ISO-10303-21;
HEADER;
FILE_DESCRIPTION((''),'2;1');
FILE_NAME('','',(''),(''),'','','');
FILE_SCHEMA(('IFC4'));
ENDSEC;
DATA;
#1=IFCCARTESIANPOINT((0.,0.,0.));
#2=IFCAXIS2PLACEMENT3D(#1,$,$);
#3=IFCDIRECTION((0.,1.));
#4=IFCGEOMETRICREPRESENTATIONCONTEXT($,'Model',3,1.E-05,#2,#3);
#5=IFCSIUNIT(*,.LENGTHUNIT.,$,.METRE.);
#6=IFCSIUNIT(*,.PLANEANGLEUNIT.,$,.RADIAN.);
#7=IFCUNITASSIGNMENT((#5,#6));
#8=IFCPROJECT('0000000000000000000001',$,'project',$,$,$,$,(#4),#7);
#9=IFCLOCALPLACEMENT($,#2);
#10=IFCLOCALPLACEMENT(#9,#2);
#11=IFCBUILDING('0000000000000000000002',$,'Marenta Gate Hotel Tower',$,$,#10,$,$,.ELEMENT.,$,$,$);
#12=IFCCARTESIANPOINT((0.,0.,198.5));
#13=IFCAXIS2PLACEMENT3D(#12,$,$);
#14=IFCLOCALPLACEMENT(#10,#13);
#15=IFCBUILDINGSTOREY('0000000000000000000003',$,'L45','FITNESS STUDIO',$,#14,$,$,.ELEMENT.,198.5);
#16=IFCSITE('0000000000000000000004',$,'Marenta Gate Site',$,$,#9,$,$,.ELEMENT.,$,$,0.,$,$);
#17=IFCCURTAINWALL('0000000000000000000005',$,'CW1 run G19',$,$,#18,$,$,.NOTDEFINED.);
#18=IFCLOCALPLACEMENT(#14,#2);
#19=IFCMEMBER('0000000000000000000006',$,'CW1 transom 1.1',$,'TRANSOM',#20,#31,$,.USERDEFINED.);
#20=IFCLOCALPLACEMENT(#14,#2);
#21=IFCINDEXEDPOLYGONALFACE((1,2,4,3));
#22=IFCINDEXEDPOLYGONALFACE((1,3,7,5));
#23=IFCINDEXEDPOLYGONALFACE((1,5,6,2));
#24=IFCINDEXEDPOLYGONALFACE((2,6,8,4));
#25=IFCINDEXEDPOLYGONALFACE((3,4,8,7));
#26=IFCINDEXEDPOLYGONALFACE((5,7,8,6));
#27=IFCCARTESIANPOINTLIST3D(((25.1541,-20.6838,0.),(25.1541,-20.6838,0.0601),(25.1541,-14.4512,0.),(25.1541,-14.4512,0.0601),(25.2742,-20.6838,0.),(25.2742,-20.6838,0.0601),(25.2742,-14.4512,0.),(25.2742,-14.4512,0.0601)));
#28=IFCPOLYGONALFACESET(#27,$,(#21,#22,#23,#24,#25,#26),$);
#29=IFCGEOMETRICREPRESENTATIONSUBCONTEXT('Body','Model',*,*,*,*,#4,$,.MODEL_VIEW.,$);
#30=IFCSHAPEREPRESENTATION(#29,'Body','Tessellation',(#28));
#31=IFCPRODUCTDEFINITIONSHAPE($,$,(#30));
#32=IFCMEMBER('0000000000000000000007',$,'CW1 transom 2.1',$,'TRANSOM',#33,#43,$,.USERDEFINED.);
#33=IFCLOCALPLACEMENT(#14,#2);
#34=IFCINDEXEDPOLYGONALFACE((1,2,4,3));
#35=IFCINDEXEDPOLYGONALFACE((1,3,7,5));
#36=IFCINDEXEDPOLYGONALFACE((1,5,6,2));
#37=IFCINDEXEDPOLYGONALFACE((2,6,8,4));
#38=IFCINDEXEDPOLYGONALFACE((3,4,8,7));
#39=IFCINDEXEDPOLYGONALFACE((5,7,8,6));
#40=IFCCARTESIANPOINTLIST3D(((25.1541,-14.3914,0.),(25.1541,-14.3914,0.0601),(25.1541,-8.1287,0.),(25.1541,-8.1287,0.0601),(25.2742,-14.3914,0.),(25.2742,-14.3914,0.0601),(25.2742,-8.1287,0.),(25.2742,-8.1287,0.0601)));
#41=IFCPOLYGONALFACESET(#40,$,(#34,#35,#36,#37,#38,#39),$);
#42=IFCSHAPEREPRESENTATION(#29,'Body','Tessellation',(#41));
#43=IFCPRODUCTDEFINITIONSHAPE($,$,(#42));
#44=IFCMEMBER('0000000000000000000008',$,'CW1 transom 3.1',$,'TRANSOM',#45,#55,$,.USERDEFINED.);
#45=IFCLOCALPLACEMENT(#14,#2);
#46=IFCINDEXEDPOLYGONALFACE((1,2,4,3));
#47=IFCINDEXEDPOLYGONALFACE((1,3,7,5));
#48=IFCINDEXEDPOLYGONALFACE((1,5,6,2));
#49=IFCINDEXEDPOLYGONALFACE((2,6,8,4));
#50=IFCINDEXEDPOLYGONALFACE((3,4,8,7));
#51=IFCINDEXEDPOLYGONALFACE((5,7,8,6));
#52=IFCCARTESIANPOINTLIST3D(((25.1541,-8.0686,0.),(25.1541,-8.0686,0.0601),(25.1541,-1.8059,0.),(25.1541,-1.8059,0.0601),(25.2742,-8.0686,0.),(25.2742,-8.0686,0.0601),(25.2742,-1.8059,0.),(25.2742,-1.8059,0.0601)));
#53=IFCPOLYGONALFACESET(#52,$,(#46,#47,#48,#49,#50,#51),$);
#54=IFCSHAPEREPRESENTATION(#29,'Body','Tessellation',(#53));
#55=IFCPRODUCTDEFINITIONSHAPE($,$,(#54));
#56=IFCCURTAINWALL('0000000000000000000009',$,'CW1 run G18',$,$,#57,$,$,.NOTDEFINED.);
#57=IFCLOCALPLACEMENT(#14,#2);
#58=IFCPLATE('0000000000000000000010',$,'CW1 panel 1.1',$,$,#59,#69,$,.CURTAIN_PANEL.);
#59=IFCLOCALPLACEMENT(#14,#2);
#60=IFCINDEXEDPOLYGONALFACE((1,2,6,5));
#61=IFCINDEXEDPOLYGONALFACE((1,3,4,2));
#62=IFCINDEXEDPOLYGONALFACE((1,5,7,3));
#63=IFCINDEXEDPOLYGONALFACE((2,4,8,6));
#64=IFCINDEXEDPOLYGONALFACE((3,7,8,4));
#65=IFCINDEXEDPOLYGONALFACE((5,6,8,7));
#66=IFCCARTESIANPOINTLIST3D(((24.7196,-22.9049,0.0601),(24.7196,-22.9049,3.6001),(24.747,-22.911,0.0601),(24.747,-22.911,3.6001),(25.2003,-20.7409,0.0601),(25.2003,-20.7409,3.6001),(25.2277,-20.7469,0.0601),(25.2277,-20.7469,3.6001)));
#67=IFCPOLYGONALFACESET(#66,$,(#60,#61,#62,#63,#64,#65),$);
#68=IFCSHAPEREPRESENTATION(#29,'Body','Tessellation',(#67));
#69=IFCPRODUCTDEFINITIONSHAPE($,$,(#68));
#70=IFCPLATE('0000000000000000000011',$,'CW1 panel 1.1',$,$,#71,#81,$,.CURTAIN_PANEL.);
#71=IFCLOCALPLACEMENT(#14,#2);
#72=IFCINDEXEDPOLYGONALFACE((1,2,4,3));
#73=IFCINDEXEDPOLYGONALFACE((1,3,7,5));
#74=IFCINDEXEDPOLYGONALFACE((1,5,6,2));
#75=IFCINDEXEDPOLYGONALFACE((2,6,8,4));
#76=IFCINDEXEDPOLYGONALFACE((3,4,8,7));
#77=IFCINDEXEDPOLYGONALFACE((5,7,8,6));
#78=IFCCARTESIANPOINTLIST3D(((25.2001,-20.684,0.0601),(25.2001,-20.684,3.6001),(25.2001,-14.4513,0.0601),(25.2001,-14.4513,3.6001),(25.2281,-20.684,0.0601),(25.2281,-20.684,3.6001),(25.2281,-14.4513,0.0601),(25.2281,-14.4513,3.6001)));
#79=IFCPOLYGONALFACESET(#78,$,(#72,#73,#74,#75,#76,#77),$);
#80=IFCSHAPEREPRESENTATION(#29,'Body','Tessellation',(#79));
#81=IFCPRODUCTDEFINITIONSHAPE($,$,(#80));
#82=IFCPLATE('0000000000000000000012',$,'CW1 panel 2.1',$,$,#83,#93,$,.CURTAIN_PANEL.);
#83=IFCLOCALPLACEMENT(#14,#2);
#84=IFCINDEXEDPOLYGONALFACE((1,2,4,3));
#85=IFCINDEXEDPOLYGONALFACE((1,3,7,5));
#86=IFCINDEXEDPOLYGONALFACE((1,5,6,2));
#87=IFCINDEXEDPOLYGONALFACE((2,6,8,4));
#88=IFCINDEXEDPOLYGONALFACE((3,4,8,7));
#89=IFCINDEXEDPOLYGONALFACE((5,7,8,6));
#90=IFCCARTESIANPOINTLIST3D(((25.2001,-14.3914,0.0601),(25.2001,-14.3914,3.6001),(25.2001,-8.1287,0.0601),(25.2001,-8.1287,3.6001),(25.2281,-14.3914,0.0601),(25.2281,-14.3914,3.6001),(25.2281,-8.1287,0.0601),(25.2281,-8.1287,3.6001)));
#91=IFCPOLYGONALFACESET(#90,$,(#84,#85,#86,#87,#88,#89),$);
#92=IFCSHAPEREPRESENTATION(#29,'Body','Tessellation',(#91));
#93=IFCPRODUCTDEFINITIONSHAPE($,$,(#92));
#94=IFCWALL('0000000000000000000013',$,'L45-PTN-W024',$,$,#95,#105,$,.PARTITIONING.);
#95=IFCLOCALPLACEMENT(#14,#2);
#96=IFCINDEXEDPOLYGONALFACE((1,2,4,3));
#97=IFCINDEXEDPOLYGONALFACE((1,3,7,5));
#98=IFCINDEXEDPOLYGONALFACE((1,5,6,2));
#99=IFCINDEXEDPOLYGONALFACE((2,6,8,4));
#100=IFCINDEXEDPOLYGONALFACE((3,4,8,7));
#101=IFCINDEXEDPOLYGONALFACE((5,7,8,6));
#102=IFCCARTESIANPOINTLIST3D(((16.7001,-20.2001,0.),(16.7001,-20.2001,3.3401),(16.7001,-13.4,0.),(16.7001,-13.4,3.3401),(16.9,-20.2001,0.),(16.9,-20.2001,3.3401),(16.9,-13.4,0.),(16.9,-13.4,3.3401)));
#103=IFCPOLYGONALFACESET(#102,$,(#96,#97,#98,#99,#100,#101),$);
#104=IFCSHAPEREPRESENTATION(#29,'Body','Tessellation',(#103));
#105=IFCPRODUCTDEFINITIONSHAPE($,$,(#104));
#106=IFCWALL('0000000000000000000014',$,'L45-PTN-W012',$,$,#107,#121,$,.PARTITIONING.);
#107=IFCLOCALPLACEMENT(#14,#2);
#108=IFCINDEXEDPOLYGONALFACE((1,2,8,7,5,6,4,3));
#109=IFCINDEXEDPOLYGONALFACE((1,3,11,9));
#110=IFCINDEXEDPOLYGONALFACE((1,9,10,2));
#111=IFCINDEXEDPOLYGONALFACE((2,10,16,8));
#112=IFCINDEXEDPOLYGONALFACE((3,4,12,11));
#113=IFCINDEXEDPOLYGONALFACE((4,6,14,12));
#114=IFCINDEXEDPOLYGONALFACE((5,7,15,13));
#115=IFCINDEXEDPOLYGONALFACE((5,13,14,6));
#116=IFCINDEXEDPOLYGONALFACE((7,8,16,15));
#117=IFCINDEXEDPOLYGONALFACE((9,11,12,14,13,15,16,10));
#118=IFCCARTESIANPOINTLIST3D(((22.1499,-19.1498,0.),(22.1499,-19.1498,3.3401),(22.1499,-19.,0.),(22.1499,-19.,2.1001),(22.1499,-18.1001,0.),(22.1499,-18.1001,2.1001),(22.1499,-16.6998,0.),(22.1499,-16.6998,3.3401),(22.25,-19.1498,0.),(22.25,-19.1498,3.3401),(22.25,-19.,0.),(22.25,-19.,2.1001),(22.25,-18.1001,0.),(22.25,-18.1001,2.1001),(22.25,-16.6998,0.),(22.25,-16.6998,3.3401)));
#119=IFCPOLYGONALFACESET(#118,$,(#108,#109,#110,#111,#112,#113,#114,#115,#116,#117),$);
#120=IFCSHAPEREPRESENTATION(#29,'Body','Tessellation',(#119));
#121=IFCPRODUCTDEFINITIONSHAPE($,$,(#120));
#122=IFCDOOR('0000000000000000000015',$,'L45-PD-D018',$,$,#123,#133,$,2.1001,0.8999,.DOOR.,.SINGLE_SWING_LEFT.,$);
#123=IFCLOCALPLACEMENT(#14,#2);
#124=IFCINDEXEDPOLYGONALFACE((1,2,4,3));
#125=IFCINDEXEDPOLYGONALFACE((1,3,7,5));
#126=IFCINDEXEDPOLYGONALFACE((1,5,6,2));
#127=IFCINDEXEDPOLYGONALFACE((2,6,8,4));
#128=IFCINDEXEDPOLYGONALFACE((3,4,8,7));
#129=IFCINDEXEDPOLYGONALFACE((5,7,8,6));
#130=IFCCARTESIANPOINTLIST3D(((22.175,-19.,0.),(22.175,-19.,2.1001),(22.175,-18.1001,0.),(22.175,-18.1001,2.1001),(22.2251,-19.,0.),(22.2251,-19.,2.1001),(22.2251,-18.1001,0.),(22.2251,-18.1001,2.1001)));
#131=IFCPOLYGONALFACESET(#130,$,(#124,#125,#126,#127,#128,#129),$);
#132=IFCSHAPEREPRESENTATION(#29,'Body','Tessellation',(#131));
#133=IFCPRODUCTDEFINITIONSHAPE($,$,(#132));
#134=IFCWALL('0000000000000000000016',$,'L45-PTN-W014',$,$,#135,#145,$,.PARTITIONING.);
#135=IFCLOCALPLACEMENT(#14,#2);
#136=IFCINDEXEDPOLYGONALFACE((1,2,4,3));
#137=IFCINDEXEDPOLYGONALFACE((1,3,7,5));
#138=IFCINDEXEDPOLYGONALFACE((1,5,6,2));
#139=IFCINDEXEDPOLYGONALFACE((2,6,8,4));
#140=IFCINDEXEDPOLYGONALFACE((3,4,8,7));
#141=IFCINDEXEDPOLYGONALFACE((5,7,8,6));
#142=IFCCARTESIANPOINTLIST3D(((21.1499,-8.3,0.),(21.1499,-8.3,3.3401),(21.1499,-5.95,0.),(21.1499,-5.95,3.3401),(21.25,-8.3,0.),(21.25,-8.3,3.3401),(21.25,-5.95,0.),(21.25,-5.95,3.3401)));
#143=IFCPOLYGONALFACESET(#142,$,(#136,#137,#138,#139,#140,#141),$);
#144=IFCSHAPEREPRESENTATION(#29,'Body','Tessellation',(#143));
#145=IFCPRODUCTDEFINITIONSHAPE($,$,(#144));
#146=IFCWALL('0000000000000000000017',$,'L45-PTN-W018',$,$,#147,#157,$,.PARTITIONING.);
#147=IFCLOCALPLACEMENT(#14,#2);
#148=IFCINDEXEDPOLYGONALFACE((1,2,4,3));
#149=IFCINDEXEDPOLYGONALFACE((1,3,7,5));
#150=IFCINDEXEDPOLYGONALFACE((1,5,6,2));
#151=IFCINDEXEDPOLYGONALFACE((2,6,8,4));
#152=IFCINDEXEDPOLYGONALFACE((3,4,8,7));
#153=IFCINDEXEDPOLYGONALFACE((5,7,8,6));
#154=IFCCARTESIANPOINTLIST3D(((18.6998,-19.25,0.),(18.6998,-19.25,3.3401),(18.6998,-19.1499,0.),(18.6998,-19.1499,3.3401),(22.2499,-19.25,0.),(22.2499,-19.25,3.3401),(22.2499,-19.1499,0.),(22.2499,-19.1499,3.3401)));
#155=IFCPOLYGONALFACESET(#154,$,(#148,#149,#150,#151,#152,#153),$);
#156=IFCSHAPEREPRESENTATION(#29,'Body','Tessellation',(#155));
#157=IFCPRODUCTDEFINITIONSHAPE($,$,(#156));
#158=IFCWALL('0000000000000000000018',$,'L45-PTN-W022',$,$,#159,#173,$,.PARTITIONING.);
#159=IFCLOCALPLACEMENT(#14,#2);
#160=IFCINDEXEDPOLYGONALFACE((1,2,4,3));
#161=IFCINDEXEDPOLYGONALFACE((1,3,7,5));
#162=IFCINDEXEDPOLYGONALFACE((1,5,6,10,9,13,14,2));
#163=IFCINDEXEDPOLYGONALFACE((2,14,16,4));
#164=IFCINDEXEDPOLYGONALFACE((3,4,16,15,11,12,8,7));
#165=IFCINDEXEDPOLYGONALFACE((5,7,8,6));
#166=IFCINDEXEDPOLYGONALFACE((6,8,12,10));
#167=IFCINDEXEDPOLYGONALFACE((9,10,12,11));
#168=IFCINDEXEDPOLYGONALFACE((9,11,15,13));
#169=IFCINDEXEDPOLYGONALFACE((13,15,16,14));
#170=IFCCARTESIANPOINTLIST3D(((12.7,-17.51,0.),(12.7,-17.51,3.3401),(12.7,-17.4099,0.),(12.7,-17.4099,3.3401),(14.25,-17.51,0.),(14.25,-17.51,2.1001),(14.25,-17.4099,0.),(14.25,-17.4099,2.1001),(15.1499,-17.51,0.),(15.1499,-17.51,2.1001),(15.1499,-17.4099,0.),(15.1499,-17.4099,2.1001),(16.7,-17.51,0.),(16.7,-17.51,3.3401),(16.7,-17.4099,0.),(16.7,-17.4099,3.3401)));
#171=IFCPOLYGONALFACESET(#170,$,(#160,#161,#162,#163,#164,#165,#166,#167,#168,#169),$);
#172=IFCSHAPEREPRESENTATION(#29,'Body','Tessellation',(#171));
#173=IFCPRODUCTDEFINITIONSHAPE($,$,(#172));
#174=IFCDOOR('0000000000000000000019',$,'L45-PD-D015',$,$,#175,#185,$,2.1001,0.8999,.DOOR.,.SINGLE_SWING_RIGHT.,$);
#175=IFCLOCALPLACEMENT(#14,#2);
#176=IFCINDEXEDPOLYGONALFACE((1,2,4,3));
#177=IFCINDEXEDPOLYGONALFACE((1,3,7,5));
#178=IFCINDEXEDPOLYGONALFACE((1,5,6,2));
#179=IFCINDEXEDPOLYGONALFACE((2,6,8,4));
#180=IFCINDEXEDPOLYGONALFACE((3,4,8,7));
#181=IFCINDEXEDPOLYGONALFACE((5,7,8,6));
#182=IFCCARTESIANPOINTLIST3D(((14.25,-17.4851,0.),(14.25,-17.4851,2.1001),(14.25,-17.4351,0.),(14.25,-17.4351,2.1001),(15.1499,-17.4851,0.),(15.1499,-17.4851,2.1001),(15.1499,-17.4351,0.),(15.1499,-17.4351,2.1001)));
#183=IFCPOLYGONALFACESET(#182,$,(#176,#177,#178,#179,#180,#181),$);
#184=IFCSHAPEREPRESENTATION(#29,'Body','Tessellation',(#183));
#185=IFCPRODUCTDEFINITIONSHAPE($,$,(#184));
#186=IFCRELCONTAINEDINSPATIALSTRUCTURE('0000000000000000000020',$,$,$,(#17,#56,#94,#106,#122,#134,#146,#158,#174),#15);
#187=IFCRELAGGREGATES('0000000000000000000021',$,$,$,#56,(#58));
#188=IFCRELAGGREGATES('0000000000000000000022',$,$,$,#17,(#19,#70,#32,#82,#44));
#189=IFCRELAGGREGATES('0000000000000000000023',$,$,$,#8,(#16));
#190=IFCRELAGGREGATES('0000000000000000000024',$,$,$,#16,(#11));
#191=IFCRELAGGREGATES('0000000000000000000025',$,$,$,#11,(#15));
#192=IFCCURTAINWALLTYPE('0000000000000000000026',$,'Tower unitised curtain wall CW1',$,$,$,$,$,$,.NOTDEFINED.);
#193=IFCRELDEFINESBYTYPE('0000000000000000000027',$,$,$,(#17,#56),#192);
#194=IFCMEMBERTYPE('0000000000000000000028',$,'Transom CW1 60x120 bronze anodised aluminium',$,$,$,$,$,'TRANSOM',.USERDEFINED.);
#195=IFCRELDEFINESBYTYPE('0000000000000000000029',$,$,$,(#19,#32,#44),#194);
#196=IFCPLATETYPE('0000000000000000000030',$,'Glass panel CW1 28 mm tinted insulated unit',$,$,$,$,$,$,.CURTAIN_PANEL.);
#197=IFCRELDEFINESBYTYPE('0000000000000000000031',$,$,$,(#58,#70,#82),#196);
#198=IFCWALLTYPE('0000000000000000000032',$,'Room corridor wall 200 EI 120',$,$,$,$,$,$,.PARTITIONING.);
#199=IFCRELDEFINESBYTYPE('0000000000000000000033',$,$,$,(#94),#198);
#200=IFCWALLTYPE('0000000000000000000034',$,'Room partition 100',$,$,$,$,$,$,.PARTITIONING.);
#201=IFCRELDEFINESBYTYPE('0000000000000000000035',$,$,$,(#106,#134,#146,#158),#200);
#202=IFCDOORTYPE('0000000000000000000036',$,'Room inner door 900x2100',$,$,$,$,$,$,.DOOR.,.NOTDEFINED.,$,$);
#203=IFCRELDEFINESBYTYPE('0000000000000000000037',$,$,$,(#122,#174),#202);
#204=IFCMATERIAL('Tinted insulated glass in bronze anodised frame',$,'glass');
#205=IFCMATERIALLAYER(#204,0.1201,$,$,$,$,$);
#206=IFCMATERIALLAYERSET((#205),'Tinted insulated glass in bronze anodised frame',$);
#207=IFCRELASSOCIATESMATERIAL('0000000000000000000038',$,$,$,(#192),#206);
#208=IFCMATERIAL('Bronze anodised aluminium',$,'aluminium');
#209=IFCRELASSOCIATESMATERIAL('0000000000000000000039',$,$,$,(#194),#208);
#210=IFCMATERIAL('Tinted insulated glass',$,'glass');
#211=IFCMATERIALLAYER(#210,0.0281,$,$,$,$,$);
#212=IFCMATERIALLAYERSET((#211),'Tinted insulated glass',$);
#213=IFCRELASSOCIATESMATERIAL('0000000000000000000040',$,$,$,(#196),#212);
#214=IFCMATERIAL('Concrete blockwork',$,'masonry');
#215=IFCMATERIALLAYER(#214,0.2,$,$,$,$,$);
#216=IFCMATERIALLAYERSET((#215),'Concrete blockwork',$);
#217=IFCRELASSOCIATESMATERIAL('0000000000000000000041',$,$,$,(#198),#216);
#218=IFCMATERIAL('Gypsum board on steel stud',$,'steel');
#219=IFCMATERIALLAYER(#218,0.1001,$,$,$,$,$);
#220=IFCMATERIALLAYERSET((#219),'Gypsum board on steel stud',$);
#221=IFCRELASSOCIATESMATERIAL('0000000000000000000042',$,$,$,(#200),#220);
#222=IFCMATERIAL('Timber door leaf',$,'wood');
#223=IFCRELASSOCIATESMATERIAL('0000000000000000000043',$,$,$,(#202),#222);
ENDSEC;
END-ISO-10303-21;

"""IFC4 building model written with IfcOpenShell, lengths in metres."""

from ifc_helpers import new_model, si_unit, direction, frame, frame_2d, origin, origin_2d, place, context, subcontext, project, spatial, rectangle, extrude, material, layer, layer_set, material_profile, profile_set, type_object, element, fill, aggregate, save


model = new_model("IFC4")

# Units and contexts
model_context = context("Model", 3, precision=1e-05, world=origin(), true_north=direction((0.0, 1.0)))
body_context = subcontext(model_context, "Body", "Model", "MODEL_VIEW")
ifc_project = project(units=[si_unit("LENGTHUNIT", "METRE"), si_unit("PLANEANGLEUNIT", "RADIAN")], contexts=[model_context])

# Site, building, storey
site_placement = place(None, origin())
site = spatial("IfcSite", under=ifc_project, at=site_placement, Name="Marenta Gate Site", CompositionType="ELEMENT", RefElevation=0.0)
building_placement = place(site_placement, origin())
building = spatial("IfcBuilding", under=site, at=building_placement, Name="Marenta Gate Hotel Tower", CompositionType="ELEMENT")
storey_placement = place(building_placement, frame((0.0, 0.0, 198.5)))
storey = spatial("IfcBuildingStorey", under=building, at=storey_placement, Name="L45", Description="FITNESS STUDIO", CompositionType="ELEMENT", Elevation=198.5)

# Curtain wall, members
ifc_material_1 = material(Name="Tinted insulated glass in bronze anodised frame", Category="glass")
ifc_layer_1 = layer(ifc_material_1, 0.1201)
ifc_layer_set_1 = layer_set([ifc_layer_1], Name="Tinted insulated glass in bronze anodised frame")
curtain_wall_type = type_object("IfcCurtainWallType", Name="Tower unitised curtain wall CW1", PredefinedType="NOTDEFINED", material=ifc_layer_set_1)
curtain_wall_1_placement = place(storey_placement, origin())
curtain_wall_1 = element("IfcCurtainWall", 1, at=curtain_wall_1_placement, inside=storey, type_object=curtain_wall_type, Name="CW1 run G19", PredefinedType="NOTDEFINED")
ifc_material_2 = material(Name="Bronze anodised aluminium", Category="aluminium")
ifc_material_profile_1 = material_profile(ifc_material_2, rectangle(XDim=0.1201, YDim=0.0601, at=origin_2d()), Name="Transom CW1 60x120 bronze anodised aluminium")
ifc_profile_set_1 = profile_set([ifc_material_profile_1], Name="Bronze anodised aluminium")
member_type_1 = type_object("IfcMemberType", Name="Transom CW1 60x120 bronze anodised aluminium", ElementType="TRANSOM", PredefinedType="USERDEFINED", material=ifc_profile_set_1)
member_1_placement = place(storey_placement, frame((25.2141, -20.6838, 0.03), z_axis=(0.0, 1.0, 0.0), x_axis=(-1.0, 0.0, 0.0)))
member_1 = element("IfcMember", 2, at=member_1_placement, type_object=member_type_1, Name="CW1 transom 1.1", ObjectType="TRANSOM", PredefinedType="USERDEFINED", context=body_context, shape_type="SweptSolid", body=[
    extrude(rectangle(XDim=0.1201, YDim=0.0601, at=origin_2d()), origin(), (0.0, 0.0, 1.0), 6.2327),
])
member_2_placement = place(storey_placement, frame((25.2141, -14.3914, 0.03), z_axis=(0.0, 1.0, 0.0), x_axis=(-1.0, 0.0, 0.0)))
member_2 = element("IfcMember", 3, at=member_2_placement, type_object=member_type_1, Name="CW1 transom 2.1", ObjectType="TRANSOM", PredefinedType="USERDEFINED", context=body_context, shape_type="SweptSolid", body=[
    extrude(rectangle(XDim=0.1201, YDim=0.0601, at=origin_2d()), origin(), (0.0, 0.0, 1.0), 6.2627),
])
member_3_placement = place(storey_placement, frame((25.2141, -8.0686, 0.03), z_axis=(0.0, 1.0, 0.0), x_axis=(-1.0, 0.0, 0.0)))
member_3 = element("IfcMember", 4, at=member_3_placement, type_object=member_type_1, Name="CW1 transom 3.1", ObjectType="TRANSOM", PredefinedType="USERDEFINED", context=body_context, shape_type="SweptSolid", body=[
    extrude(rectangle(XDim=0.1201, YDim=0.0601, at=origin_2d()), origin(), (0.0, 0.0, 1.0), 6.2627),
])

# Curtain wall, plate
curtain_wall_2_placement = place(storey_placement, origin())
curtain_wall_2 = element("IfcCurtainWall", 5, at=curtain_wall_2_placement, inside=storey, type_object=curtain_wall_type, Name="CW1 run G18", PredefinedType="NOTDEFINED")
ifc_material_3 = material(Name="Tinted insulated glass", Category="glass")
ifc_layer_2 = layer(ifc_material_3, 0.0281)
ifc_layer_set_2 = layer_set([ifc_layer_2], Name="Tinted insulated glass")
plate_type = type_object("IfcPlateType", Name="Glass panel CW1 28 mm tinted insulated unit", PredefinedType="CURTAIN_PANEL", material=ifc_layer_set_2)
plate_1_placement = place(storey_placement, frame((24.9736, -21.8259, 0.0601), z_axis=(0.0, 0.0, 1.0), x_axis=(0.216842, 0.976207, 0.0)))
plate_1 = element("IfcPlate", 6, at=plate_1_placement, type_object=plate_type, Name="CW1 panel 1.1", PredefinedType="CURTAIN_PANEL", context=body_context, shape_type="SweptSolid", body=[
    extrude(rectangle(XDim=2.2168, YDim=0.0281, at=origin_2d()), origin(), (0.0, 0.0, 1.0), 3.54),
])
aggregate(curtain_wall_2, [plate_1])

# Plates
plate_2_placement = place(storey_placement, frame((25.2141, -17.5676, 0.0601), z_axis=(0.0, 0.0, 1.0), x_axis=(0.0, 1.0, 0.0)))
plate_2 = element("IfcPlate", 7, at=plate_2_placement, type_object=plate_type, Name="CW1 panel 1.1", PredefinedType="CURTAIN_PANEL", context=body_context, shape_type="SweptSolid", body=[
    extrude(rectangle(XDim=6.2327, YDim=0.0281, at=origin_2d()), origin(), (0.0, 0.0, 1.0), 3.54),
])
plate_3_placement = place(storey_placement, frame((25.2141, -11.26, 0.0601), z_axis=(0.0, 0.0, 1.0), x_axis=(0.0, 1.0, 0.0)))
plate_3 = element("IfcPlate", 8, at=plate_3_placement, type_object=plate_type, Name="CW1 panel 2.1", PredefinedType="CURTAIN_PANEL", context=body_context, shape_type="SweptSolid", body=[
    extrude(rectangle(XDim=6.2627, YDim=0.0281, at=origin_2d()), origin(), (0.0, 0.0, 1.0), 3.54),
])
aggregate(curtain_wall_1, [member_1, plate_2, member_2, plate_3, member_3])

# Wall
ifc_material_4 = material(Name="Concrete blockwork", Category="masonry")
ifc_layer_3 = layer(ifc_material_4, 0.2)
ifc_layer_set_3 = layer_set([ifc_layer_3], Name="Concrete blockwork")
wall_type_1 = type_object("IfcWallType", Name="Room corridor wall 200 EI 120", PredefinedType="PARTITIONING", material=ifc_layer_set_3)
wall_1_placement = place(storey_placement, frame((16.8, -20.2, 0.0), z_axis=(0.0, 0.0, 1.0), x_axis=(0.0, 1.0, 0.0)))
element("IfcWall", 9, at=wall_1_placement, inside=storey, type_object=wall_type_1, Name="L45-PTN-W024", PredefinedType="PARTITIONING", context=body_context, shape_type="SweptSolid", body=[
    extrude(rectangle(XDim=6.8, YDim=0.2, at=frame_2d((3.3999, 0.0))), origin(), (0.0, 0.0, 1.0), 3.3401),
])

# Wall, opening, door
ifc_material_5 = material(Name="Gypsum board on steel stud", Category="steel")
ifc_layer_4 = layer(ifc_material_5, 0.1001)
ifc_layer_set_4 = layer_set([ifc_layer_4], Name="Gypsum board on steel stud")
wall_type_2 = type_object("IfcWallType", Name="Room partition 100", PredefinedType="PARTITIONING", material=ifc_layer_set_4)
wall_2_placement = place(storey_placement, frame((22.2, -19.1499, 0.0), z_axis=(0.0, 0.0, 1.0), x_axis=(0.0, 1.0, 0.0)))
wall_2 = element("IfcWall", 10, at=wall_2_placement, inside=storey, type_object=wall_type_2, Name="L45-PTN-W012", PredefinedType="PARTITIONING", context=body_context, shape_type="SweptSolid", body=[
    extrude(rectangle(XDim=2.45, YDim=0.1001, at=frame_2d((1.2251, 0.0))), origin(), (0.0, 0.0, 1.0), 3.3401),
])
opening_1_placement = place(wall_2_placement, frame((0.1499, 0.0, 0.0)))
opening_1 = element("IfcOpeningElement", 11, at=opening_1_placement, cuts=wall_2, PredefinedType="OPENING", context=body_context, shape_type="SweptSolid", body=[
    extrude(rectangle(XDim=0.8999, YDim=2.1001, at=frame_2d((0.45, 1.05))), frame((0.0, 0.05, 0.0), z_axis=(0.0, -1.0, 0.0), x_axis=(1.0, 0.0, 0.0)), (0.0, 0.0, 1.0), 0.1001),
])
ifc_material_6 = material(Name="Timber door leaf", Category="wood")
door_type = type_object("IfcDoorType", Name="Room inner door 900x2100", OperationType="NOTDEFINED", PredefinedType="DOOR", material=ifc_material_6)
door_1_placement = place(opening_1_placement, origin())
door_1 = element("IfcDoor", 12, at=door_1_placement, inside=storey, type_object=door_type, Name="L45-PD-D018", OperationType="SINGLE_SWING_LEFT", OverallHeight=2.1001, OverallWidth=0.8999, PredefinedType="DOOR", context=body_context, shape_type="SweptSolid", body=[
    extrude(rectangle(XDim=0.8999, YDim=2.1001, at=frame_2d((0.45, 1.05))), frame((0.0, 0.0249, 0.0), z_axis=(0.0, -1.0, 0.0), x_axis=(1.0, 0.0, 0.0)), (0.0, 0.0, 1.0), 0.05),
])
fill(opening_1, door_1)

# Walls
wall_3_placement = place(storey_placement, frame((21.2, -8.3, 0.0), z_axis=(0.0, 0.0, 1.0), x_axis=(0.0, 1.0, 0.0)))
element("IfcWall", 13, at=wall_3_placement, inside=storey, type_object=wall_type_2, Name="L45-PTN-W014", PredefinedType="PARTITIONING", context=body_context, shape_type="SweptSolid", body=[
    extrude(rectangle(XDim=2.3501, YDim=0.1001, at=frame_2d((1.175, 0.0))), origin(), (0.0, 0.0, 1.0), 3.3401),
])
wall_4_placement = place(storey_placement, frame((18.7, -19.2, 0.0), z_axis=(0.0, 0.0, 1.0), x_axis=(1.0, 0.0, 0.0)))
element("IfcWall", 14, at=wall_4_placement, inside=storey, type_object=wall_type_2, Name="L45-PTN-W018", PredefinedType="PARTITIONING", context=body_context, shape_type="SweptSolid", body=[
    extrude(rectangle(XDim=3.55, YDim=0.1001, at=frame_2d((1.7749, 0.0))), origin(), (0.0, 0.0, 1.0), 3.3401),
])

# Wall, opening, door
wall_5_placement = place(storey_placement, frame((12.7, -17.46, 0.0), z_axis=(0.0, 0.0, 1.0), x_axis=(1.0, 0.0, 0.0)))
wall_5 = element("IfcWall", 15, at=wall_5_placement, inside=storey, type_object=wall_type_2, Name="L45-PTN-W022", PredefinedType="PARTITIONING", context=body_context, shape_type="SweptSolid", body=[
    extrude(rectangle(XDim=4.0, YDim=0.1001, at=frame_2d((2.0, 0.0))), origin(), (0.0, 0.0, 1.0), 3.3401),
])
opening_2_placement = place(wall_5_placement, frame((1.55, 0.0, 0.0)))
opening_2 = element("IfcOpeningElement", 16, at=opening_2_placement, cuts=wall_5, PredefinedType="OPENING", context=body_context, shape_type="SweptSolid", body=[
    extrude(rectangle(XDim=0.8999, YDim=2.1001, at=frame_2d((0.45, 1.05))), frame((0.0, 0.05, 0.0), z_axis=(0.0, -1.0, 0.0), x_axis=(1.0, 0.0, 0.0)), (0.0, 0.0, 1.0), 0.1001),
])
door_2_placement = place(opening_2_placement, origin())
door_2 = element("IfcDoor", 17, at=door_2_placement, inside=storey, type_object=door_type, Name="L45-PD-D015", OperationType="SINGLE_SWING_RIGHT", OverallHeight=2.1001, OverallWidth=0.8999, PredefinedType="DOOR", context=body_context, shape_type="SweptSolid", body=[
    extrude(rectangle(XDim=0.8999, YDim=2.1001, at=frame_2d((0.45, 1.05))), frame((0.0, 0.0249, 0.0), z_axis=(0.0, -1.0, 0.0), x_axis=(1.0, 0.0, 0.0)), (0.0, 0.0, 1.0), 0.05),
])
fill(opening_2, door_2)

save(model, "model.ifc")
